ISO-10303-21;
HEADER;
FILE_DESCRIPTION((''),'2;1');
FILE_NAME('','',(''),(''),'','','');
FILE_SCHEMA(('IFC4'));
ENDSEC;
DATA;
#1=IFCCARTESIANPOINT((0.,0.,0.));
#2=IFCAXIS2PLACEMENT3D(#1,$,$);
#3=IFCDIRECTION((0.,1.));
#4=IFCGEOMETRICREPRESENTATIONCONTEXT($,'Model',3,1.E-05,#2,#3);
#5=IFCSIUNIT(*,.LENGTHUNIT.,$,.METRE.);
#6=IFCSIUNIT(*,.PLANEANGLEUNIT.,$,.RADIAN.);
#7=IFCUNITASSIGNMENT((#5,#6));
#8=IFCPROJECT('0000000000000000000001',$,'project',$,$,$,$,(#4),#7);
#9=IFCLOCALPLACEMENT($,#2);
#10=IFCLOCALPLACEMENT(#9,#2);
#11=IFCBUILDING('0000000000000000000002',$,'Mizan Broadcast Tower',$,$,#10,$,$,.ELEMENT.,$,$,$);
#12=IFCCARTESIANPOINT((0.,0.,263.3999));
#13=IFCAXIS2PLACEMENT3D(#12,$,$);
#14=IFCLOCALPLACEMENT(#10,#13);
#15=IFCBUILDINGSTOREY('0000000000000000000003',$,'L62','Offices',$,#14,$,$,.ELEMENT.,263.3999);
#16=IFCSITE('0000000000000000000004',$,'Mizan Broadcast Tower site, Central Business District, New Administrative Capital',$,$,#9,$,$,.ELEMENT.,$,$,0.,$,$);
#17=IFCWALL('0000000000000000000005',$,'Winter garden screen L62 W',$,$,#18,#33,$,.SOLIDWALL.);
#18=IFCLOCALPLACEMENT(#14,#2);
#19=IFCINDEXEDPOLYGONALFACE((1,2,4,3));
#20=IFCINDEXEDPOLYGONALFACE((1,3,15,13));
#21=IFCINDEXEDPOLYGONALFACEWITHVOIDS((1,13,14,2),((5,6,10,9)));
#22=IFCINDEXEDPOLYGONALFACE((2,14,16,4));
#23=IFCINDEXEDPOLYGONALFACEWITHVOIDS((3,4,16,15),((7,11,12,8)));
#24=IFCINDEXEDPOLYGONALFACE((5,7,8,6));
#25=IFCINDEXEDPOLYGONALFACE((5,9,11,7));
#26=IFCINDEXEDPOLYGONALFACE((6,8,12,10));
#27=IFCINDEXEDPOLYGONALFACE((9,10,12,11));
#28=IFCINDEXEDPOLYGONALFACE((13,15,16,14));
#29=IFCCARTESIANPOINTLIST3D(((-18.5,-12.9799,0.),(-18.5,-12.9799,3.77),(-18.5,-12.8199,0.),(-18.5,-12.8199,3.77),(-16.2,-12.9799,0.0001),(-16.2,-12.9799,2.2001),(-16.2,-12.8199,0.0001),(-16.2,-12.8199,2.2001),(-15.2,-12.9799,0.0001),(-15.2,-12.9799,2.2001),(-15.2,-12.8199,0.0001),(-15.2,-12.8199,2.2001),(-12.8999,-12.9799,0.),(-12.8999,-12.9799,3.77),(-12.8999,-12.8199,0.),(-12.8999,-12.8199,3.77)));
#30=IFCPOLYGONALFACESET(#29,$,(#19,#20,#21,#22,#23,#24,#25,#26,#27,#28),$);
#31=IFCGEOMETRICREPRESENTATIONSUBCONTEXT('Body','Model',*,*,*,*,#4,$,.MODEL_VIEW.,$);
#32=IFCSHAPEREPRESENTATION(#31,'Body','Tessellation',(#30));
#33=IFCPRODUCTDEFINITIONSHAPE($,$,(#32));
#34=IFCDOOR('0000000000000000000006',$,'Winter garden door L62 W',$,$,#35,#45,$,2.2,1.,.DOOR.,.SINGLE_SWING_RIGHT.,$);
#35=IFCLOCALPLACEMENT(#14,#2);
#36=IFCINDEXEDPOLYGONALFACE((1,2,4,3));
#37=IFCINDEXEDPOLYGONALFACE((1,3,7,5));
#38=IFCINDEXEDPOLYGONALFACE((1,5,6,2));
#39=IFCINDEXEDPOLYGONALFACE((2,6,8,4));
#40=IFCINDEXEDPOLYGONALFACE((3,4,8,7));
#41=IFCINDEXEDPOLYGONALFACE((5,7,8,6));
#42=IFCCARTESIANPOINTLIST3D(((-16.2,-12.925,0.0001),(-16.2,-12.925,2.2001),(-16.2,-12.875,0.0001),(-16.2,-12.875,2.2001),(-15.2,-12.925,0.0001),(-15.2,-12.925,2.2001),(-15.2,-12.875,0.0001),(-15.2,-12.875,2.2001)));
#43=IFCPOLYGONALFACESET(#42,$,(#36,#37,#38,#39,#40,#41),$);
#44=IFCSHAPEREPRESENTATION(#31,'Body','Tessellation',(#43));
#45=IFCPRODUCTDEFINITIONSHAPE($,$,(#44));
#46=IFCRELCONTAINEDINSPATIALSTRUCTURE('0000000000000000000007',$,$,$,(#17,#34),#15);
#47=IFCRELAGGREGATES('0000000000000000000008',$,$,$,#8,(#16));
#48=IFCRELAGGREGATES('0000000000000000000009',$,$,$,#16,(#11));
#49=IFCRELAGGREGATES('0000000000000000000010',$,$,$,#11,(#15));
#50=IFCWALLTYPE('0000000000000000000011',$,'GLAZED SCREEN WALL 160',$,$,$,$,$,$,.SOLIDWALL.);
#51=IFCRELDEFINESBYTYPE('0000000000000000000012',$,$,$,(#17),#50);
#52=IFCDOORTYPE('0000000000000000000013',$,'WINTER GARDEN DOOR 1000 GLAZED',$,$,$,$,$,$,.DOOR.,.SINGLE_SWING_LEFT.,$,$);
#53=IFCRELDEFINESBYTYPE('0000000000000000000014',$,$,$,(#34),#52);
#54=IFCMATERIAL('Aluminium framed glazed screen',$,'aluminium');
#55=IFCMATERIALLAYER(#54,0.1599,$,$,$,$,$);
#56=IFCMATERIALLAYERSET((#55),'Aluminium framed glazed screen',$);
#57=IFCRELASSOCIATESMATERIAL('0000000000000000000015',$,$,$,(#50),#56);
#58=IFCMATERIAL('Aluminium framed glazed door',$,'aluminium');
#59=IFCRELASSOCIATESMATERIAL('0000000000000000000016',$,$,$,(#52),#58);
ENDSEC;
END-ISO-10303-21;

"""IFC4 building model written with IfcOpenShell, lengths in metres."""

from ifc_helpers import new_model, si_unit, direction, frame, frame_2d, origin, place, context, subcontext, project, spatial, rectangle, extrude, material, layer, layer_set, type_object, element, fill, save


model = new_model("IFC4")

# Units and contexts
model_context = context("Model", 3, precision=1e-05, world=origin(), true_north=direction((0.0, 1.0)))
body_context = subcontext(model_context, "Body", "Model", "MODEL_VIEW")
ifc_project = project(units=[si_unit("LENGTHUNIT", "METRE"), si_unit("PLANEANGLEUNIT", "RADIAN")], contexts=[model_context])

# Site, building, storey
site_placement = place(None, origin())
site = spatial("IfcSite", under=ifc_project, at=site_placement, Name="Mizan Broadcast Tower site, Central Business District, New Administrative Capital", CompositionType="ELEMENT", RefElevation=0.0)
building_placement = place(site_placement, origin())
building = spatial("IfcBuilding", under=site, at=building_placement, Name="Mizan Broadcast Tower", CompositionType="ELEMENT")
storey_placement = place(building_placement, frame((0.0, 0.0, 263.3999)))
storey = spatial("IfcBuildingStorey", under=building, at=storey_placement, Name="L62", Description="Offices", CompositionType="ELEMENT", Elevation=263.3999)

# Wall, opening, door
ifc_material_1 = material(Name="Aluminium framed glazed screen", Category="aluminium")
ifc_layer_1 = layer(ifc_material_1, 0.1599)
ifc_layer_set_1 = layer_set([ifc_layer_1], Name="Aluminium framed glazed screen")
wall_type = type_object("IfcWallType", Name="GLAZED SCREEN WALL 160", PredefinedType="SOLIDWALL", material=ifc_layer_set_1)
wall_placement = place(storey_placement, frame((-18.5, -12.8999, 0.0), z_axis=(0.0, 0.0, 1.0), x_axis=(1.0, 0.0, 0.0)))
wall = element("IfcWall", 1, at=wall_placement, inside=storey, type_object=wall_type, Name="Winter garden screen L62 W", PredefinedType="SOLIDWALL", context=body_context, shape_type="SweptSolid", body=[
    extrude(rectangle(XDim=5.6001, YDim=0.1599, at=frame_2d((2.8, 0.0))), origin(), (0.0, 0.0, 1.0), 3.77),
])
opening_placement = place(wall_placement, frame((2.3, 0.0, 0.0)))
opening = element("IfcOpeningElement", 2, at=opening_placement, cuts=wall, PredefinedType="OPENING", context=body_context, shape_type="SweptSolid", body=[
    extrude(rectangle(XDim=1.0, YDim=2.2, at=frame_2d((0.5, 1.1001))), frame((0.0, 0.0898, 0.0), z_axis=(0.0, -1.0, 0.0), x_axis=(1.0, 0.0, 0.0)), (0.0, 0.0, 1.0), 0.1799),
])
ifc_material_2 = material(Name="Aluminium framed glazed door", Category="aluminium")
door_type = type_object("IfcDoorType", Name="WINTER GARDEN DOOR 1000 GLAZED", OperationType="SINGLE_SWING_LEFT", PredefinedType="DOOR", material=ifc_material_2)
door_placement = place(opening_placement, origin())
door = element("IfcDoor", 3, at=door_placement, inside=storey, type_object=door_type, Name="Winter garden door L62 W", OperationType="SINGLE_SWING_RIGHT", OverallHeight=2.2, OverallWidth=1.0, PredefinedType="DOOR", context=body_context, shape_type="SweptSolid", body=[
    extrude(rectangle(XDim=1.0, YDim=2.2, at=frame_2d((0.5, 1.1001))), frame((0.0, 0.0249, 0.0), z_axis=(0.0, -1.0, 0.0), x_axis=(1.0, 0.0, 0.0)), (0.0, 0.0, 1.0), 0.05),
])
fill(opening, door)

save(model, "model.ifc")
